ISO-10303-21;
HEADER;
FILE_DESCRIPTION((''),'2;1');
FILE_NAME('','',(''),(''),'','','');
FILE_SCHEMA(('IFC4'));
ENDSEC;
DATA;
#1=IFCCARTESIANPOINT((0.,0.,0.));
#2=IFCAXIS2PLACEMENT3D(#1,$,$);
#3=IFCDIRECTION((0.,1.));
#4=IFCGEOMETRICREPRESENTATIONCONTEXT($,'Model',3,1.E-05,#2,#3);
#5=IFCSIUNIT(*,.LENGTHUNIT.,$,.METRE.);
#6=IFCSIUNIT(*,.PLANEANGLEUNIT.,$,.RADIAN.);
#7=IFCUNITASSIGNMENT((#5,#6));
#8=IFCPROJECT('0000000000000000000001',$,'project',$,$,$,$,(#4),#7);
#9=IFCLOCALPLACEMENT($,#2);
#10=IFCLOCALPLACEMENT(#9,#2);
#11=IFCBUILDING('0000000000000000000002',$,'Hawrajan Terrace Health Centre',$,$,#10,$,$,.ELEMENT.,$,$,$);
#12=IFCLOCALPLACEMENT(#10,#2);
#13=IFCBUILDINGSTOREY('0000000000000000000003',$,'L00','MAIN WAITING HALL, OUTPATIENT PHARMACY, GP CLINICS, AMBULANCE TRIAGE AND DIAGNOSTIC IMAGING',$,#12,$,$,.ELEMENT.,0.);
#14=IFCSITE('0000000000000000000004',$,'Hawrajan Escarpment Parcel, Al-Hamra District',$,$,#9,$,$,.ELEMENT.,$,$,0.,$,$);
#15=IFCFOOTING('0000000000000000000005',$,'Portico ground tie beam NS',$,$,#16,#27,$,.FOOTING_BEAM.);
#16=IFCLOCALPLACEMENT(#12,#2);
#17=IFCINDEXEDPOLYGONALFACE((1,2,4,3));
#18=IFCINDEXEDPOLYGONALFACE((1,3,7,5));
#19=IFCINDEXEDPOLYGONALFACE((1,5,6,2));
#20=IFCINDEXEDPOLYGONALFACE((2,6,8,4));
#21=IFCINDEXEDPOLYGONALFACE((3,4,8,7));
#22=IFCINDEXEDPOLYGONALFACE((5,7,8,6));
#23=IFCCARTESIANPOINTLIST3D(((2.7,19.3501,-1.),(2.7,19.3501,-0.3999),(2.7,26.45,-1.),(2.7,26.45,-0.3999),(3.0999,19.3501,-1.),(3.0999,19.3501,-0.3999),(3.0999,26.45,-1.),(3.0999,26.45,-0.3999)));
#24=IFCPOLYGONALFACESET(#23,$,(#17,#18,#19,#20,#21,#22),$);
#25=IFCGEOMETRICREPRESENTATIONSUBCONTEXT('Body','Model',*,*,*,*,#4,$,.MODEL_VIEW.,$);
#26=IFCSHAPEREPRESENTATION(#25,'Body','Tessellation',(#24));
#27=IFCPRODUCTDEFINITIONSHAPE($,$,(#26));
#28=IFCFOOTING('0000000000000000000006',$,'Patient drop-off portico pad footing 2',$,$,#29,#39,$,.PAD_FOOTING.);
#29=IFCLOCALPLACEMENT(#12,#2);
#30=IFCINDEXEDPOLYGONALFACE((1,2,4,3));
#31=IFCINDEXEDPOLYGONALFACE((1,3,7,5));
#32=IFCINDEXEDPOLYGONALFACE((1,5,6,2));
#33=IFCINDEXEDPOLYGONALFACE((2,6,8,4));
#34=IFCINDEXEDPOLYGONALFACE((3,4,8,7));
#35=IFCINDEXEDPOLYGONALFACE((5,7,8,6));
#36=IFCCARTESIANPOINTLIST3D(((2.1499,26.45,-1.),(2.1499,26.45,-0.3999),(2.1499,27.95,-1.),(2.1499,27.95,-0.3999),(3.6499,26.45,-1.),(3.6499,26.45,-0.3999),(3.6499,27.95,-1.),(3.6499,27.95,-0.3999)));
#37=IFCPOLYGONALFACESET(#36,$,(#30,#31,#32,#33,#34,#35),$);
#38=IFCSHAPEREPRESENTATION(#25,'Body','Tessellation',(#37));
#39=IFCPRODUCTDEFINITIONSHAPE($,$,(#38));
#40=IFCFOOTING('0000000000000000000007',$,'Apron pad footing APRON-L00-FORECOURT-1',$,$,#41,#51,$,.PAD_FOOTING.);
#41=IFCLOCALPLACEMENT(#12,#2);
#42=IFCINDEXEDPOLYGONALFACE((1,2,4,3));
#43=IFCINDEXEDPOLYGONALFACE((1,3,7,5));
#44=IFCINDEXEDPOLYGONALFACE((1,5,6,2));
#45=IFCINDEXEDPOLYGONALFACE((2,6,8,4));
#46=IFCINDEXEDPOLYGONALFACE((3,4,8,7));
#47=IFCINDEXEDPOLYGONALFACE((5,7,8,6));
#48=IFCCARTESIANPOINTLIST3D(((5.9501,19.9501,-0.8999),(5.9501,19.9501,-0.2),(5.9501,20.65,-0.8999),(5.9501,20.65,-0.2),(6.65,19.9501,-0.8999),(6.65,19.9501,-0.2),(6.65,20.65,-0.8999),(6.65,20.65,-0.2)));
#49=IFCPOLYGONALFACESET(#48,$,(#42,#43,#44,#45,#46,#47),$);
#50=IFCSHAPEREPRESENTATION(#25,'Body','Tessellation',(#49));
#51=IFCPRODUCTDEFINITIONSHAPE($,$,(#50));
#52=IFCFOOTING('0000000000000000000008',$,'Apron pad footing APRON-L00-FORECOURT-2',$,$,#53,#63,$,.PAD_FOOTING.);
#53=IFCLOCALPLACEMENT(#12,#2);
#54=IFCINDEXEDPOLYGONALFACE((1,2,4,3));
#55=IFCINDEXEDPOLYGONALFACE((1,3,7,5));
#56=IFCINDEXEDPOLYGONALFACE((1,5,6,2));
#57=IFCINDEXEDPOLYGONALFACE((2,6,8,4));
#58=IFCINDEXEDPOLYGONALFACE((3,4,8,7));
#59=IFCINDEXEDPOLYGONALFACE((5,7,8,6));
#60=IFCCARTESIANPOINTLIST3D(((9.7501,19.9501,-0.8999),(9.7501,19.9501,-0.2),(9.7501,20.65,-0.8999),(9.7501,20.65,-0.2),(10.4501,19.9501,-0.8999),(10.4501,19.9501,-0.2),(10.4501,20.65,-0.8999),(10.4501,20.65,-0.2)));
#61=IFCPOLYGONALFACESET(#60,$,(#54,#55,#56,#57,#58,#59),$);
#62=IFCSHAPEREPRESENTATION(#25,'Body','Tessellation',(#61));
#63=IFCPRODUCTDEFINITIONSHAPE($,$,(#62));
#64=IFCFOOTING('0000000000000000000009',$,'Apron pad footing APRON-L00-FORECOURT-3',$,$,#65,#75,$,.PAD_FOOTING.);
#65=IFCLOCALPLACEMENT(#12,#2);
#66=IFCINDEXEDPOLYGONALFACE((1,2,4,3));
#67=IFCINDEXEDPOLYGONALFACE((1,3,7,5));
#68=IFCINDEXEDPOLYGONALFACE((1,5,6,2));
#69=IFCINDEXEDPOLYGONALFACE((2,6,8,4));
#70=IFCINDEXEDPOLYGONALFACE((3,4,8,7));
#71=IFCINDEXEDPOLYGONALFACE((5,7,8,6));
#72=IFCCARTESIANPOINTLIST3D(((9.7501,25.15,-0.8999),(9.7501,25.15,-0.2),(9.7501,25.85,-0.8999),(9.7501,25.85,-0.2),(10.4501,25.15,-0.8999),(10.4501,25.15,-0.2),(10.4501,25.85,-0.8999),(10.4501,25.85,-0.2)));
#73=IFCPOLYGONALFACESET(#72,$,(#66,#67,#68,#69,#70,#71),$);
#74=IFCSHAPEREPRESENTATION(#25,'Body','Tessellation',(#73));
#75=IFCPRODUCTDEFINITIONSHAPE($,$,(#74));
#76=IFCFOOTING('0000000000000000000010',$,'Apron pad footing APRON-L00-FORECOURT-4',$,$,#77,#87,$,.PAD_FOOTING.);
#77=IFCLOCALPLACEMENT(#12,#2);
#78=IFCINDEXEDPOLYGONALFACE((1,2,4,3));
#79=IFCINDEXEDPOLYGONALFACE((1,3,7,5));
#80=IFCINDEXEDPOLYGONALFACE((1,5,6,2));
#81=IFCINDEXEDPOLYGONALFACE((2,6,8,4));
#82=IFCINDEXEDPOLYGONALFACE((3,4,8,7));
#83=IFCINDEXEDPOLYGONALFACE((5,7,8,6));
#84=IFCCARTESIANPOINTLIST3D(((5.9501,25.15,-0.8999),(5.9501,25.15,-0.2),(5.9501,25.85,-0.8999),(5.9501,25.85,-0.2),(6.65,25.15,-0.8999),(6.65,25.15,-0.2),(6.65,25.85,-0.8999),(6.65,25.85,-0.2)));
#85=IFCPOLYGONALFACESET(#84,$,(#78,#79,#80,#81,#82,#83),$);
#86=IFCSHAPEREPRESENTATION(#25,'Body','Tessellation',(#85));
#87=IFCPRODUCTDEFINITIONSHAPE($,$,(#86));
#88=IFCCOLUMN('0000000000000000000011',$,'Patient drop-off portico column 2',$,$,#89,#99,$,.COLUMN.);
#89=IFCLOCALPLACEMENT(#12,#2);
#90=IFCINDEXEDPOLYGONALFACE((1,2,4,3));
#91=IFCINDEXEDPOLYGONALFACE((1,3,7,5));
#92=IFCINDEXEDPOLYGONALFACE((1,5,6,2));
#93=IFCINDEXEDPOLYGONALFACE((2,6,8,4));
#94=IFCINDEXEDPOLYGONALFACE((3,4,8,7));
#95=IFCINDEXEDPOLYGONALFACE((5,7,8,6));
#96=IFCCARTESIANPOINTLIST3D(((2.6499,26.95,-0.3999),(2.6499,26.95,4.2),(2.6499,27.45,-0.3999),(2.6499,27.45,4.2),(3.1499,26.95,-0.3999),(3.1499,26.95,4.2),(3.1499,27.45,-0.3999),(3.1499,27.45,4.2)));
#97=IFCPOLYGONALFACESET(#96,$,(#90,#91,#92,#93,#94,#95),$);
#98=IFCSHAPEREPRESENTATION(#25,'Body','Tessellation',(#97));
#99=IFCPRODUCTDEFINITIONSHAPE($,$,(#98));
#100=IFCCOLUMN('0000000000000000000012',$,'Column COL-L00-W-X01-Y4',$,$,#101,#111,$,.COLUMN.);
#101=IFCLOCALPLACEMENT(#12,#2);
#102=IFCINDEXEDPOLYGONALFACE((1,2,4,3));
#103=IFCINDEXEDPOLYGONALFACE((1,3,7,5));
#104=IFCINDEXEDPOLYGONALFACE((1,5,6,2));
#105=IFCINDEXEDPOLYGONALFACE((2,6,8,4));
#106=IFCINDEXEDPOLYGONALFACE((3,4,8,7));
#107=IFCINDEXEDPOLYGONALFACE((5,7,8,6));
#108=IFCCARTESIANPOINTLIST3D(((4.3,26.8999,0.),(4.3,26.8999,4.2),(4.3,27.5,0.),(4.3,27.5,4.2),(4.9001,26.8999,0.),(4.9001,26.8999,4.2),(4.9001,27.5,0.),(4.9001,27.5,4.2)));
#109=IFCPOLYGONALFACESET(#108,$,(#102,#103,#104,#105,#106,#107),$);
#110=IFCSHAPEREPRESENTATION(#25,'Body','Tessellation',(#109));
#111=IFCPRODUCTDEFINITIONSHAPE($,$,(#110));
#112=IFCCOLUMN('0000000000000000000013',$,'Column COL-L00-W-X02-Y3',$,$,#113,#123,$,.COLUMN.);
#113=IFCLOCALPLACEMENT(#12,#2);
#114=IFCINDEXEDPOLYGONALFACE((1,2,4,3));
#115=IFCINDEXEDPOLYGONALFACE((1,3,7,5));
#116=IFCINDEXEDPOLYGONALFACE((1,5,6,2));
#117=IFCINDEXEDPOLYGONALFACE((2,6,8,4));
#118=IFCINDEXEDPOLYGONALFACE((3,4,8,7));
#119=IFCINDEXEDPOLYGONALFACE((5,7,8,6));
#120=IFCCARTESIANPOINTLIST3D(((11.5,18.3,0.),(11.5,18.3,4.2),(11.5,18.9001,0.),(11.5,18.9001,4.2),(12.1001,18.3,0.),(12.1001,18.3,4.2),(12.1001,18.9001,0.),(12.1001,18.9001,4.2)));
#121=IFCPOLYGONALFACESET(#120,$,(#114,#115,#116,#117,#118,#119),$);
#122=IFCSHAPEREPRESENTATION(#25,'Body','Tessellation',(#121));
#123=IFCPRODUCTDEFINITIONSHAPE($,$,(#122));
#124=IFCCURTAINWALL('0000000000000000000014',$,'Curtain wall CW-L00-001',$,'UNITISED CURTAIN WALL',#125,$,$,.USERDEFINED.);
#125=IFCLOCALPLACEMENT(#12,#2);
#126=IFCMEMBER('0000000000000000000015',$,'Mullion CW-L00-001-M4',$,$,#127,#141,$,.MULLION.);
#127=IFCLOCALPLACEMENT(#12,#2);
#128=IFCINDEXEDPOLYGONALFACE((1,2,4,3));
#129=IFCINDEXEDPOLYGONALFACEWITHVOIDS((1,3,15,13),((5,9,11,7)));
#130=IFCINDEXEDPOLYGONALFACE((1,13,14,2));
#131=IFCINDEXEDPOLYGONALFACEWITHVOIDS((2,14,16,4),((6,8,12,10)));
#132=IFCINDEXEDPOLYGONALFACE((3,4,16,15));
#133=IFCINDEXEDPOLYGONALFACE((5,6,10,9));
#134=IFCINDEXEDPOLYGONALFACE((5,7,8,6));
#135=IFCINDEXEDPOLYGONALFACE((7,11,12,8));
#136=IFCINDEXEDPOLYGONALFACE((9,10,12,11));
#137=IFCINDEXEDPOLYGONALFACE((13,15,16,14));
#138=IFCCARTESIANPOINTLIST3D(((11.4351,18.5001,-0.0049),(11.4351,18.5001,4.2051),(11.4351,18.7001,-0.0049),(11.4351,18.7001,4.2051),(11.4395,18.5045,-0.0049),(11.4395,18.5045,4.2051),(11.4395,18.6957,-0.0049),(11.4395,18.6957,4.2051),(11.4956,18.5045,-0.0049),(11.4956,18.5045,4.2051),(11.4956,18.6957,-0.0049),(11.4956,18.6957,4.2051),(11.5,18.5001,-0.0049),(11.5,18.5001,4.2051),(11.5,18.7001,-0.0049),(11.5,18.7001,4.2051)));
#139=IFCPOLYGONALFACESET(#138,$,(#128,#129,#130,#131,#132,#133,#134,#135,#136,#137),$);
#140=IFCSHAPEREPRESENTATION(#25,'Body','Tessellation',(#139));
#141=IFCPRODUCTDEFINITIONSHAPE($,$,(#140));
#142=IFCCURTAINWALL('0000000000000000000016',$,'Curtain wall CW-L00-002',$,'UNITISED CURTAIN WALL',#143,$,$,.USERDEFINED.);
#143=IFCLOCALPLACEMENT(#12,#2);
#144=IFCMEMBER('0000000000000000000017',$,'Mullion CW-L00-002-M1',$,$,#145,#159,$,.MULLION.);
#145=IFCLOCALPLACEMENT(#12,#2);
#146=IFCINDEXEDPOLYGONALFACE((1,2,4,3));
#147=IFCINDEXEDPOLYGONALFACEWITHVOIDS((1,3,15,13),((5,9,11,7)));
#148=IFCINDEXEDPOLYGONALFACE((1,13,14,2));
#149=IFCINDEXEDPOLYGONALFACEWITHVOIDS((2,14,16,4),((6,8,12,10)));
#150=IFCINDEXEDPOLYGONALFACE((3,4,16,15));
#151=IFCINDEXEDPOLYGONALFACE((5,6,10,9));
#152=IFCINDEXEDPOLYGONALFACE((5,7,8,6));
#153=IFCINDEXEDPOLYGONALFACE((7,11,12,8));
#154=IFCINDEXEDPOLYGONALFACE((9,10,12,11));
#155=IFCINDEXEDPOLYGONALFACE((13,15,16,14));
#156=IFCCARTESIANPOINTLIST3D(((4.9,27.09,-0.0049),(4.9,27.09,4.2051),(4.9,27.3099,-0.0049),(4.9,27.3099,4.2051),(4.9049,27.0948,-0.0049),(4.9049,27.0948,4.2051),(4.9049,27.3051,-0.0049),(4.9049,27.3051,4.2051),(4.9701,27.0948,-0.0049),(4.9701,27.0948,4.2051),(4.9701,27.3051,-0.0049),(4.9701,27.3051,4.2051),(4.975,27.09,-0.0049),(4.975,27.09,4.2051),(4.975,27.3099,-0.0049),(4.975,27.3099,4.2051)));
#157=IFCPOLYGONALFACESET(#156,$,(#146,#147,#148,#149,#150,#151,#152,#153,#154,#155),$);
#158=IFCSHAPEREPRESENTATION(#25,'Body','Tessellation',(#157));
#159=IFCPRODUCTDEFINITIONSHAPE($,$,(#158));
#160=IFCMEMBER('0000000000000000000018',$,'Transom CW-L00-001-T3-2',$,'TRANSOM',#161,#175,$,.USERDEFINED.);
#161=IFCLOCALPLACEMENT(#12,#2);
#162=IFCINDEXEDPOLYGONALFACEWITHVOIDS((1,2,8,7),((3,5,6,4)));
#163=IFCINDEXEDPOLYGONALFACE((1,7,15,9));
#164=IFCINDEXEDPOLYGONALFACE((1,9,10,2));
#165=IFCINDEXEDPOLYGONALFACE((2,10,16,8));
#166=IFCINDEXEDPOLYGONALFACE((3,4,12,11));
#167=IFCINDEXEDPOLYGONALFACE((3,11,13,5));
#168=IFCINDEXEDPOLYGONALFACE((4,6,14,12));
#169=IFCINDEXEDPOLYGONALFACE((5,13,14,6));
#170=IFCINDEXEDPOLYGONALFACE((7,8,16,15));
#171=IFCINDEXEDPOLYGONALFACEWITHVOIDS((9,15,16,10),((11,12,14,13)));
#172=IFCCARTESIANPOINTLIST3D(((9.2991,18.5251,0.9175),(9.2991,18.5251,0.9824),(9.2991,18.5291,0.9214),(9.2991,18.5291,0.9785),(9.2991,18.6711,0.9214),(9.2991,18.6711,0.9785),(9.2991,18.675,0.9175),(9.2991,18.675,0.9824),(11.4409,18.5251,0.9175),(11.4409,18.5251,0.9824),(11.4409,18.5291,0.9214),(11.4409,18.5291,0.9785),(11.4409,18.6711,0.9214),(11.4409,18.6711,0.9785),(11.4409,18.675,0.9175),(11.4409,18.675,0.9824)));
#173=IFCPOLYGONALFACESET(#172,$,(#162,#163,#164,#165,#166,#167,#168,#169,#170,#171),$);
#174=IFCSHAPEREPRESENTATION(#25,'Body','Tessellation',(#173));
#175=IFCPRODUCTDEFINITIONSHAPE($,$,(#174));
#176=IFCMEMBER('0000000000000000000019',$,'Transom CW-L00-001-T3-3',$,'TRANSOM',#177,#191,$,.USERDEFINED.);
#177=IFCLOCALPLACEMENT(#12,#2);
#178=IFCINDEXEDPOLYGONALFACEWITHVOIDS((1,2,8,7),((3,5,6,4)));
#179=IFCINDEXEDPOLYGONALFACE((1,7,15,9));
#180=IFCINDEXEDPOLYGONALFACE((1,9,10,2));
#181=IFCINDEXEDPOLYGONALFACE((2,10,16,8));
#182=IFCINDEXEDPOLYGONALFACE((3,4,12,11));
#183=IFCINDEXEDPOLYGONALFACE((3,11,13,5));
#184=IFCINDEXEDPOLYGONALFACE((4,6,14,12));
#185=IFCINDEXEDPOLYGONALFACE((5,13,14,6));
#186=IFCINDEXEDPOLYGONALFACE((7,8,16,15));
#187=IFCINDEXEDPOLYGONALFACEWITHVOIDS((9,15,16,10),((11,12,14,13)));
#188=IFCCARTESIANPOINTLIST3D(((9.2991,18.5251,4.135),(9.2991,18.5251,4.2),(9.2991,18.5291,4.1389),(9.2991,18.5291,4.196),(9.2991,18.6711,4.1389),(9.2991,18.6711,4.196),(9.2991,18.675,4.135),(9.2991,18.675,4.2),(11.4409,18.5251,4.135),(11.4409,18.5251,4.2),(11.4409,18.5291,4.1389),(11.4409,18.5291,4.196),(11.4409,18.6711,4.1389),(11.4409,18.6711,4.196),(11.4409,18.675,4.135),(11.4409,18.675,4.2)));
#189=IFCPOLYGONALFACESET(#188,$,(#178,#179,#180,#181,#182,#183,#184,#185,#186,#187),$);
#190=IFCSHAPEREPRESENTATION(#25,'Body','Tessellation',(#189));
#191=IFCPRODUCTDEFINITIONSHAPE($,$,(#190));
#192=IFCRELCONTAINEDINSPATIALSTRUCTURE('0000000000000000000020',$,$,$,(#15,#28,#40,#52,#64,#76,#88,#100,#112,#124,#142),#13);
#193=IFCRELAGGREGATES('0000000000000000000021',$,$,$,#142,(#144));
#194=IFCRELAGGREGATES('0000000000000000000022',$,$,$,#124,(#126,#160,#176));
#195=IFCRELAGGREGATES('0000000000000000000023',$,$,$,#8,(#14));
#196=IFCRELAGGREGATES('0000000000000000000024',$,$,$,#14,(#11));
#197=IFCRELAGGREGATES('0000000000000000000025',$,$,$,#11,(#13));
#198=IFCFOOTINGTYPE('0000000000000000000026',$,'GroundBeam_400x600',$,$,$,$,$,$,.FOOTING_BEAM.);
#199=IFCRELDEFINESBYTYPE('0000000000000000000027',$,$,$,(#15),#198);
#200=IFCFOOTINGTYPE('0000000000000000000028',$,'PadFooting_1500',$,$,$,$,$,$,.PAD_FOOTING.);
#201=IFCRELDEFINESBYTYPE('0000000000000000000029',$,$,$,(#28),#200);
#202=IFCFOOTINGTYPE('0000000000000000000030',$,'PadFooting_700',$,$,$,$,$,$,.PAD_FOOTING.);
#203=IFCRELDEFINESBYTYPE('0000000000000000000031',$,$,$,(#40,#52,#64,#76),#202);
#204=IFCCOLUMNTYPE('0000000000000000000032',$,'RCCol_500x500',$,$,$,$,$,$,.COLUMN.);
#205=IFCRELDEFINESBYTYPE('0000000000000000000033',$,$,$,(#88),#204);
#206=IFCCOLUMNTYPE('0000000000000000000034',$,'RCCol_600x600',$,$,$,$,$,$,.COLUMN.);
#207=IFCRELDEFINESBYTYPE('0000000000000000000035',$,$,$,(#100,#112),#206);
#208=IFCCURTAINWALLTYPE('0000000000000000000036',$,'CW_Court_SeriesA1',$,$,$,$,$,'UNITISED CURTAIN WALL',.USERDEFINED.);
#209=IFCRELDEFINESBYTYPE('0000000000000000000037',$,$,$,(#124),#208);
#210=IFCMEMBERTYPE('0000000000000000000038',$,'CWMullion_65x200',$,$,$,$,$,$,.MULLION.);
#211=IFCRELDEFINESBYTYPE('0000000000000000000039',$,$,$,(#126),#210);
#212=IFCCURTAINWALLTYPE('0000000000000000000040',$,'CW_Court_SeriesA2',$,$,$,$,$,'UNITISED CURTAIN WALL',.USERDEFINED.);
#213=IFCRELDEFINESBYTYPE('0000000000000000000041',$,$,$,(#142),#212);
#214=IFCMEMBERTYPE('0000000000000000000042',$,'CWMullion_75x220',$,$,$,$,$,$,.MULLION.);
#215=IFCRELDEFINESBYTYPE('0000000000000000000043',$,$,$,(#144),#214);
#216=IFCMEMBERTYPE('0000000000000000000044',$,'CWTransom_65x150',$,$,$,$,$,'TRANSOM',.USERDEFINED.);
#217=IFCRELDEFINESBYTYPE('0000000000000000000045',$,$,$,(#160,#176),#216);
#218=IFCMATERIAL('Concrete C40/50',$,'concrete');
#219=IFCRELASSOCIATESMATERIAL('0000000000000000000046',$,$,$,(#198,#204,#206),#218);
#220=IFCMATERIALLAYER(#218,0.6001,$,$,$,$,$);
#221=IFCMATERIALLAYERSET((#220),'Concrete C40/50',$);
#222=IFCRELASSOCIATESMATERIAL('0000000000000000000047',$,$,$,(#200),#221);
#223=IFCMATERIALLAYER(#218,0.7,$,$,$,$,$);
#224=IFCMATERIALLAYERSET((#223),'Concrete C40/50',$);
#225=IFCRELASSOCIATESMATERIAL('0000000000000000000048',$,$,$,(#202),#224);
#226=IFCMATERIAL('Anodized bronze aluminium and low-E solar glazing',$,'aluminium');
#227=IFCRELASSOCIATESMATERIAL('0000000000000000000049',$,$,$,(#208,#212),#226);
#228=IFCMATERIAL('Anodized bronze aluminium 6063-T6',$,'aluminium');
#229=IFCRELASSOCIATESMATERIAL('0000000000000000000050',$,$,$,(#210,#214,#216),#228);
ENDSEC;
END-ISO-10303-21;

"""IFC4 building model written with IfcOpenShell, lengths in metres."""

from ifc_helpers import new_model, si_unit, direction, frame, origin, origin_2d, place, context, subcontext, project, spatial, rectangle, hollow_rectangle, extrude, material, layer, layer_set, material_profile, profile_set, type_object, element, aggregate, save


model = new_model("IFC4")

# Units and contexts
model_context = context("Model", 3, precision=1e-05, world=origin(), true_north=direction((0.0, 1.0)))
body_context = subcontext(model_context, "Body", "Model", "MODEL_VIEW")
ifc_project = project(units=[si_unit("LENGTHUNIT", "METRE"), si_unit("PLANEANGLEUNIT", "RADIAN")], contexts=[model_context])

# Site, building, storey
site_placement = place(None, origin())
site = spatial("IfcSite", under=ifc_project, at=site_placement, Name="Hawrajan Escarpment Parcel, Al-Hamra District", CompositionType="ELEMENT", RefElevation=0.0)
building_placement = place(site_placement, origin())
building = spatial("IfcBuilding", under=site, at=building_placement, Name="Hawrajan Terrace Health Centre", CompositionType="ELEMENT")
storey_placement = place(building_placement, origin())
storey = spatial("IfcBuildingStorey", under=building, at=storey_placement, Name="L00", Description="MAIN WAITING HALL, OUTPATIENT PHARMACY, GP CLINICS, AMBULANCE TRIAGE AND DIAGNOSTIC IMAGING", CompositionType="ELEMENT", Elevation=0.0)

# Footings
ifc_material_1 = material(Name="Concrete C40/50", Category="concrete")
ifc_material_profile_1 = material_profile(ifc_material_1, rectangle(XDim=0.3999, YDim=0.6001, at=origin_2d()), Name="RC BM 400x600")
ifc_profile_set_1 = profile_set([ifc_material_profile_1], Name="Concrete C40/50")
footing_type_1 = type_object("IfcFootingType", Name="GroundBeam_400x600", PredefinedType="FOOTING_BEAM", material=ifc_profile_set_1)
footing_1_placement = place(storey_placement, frame((2.8999, 19.3501, -0.7), z_axis=(0.0, 1.0, 0.0), x_axis=(-1.0, 0.0, 0.0)))
element("IfcFooting", 1, at=footing_1_placement, inside=storey, type_object=footing_type_1, Name="Portico ground tie beam NS", PredefinedType="FOOTING_BEAM", context=body_context, shape_type="SweptSolid", body=[
    extrude(rectangle(XDim=0.3999, YDim=0.6001, at=origin_2d()), origin(), (0.0, 0.0, 1.0), 7.0999),
])
ifc_layer_1 = layer(ifc_material_1, 0.6001)
ifc_layer_set_1 = layer_set([ifc_layer_1], Name="Concrete C40/50")
footing_type_2 = type_object("IfcFootingType", Name="PadFooting_1500", PredefinedType="PAD_FOOTING", material=ifc_layer_set_1)
footing_2_placement = place(storey_placement, frame((2.8999, 27.2, -1.0), z_axis=(0.0, 0.0, 1.0), x_axis=(1.0, 0.0, 0.0)))
element("IfcFooting", 2, at=footing_2_placement, inside=storey, type_object=footing_type_2, Name="Patient drop-off portico pad footing 2", PredefinedType="PAD_FOOTING", context=body_context, shape_type="SweptSolid", body=[
    extrude(rectangle(XDim=1.5, YDim=1.5, at=origin_2d()), origin(), (0.0, 0.0, 1.0), 0.6001),
])
ifc_layer_2 = layer(ifc_material_1, 0.7)
ifc_layer_set_2 = layer_set([ifc_layer_2], Name="Concrete C40/50")
footing_type_3 = type_object("IfcFootingType", Name="PadFooting_700", PredefinedType="PAD_FOOTING", material=ifc_layer_set_2)
for number, where, z_axis, x_axis, name in (
    (3, (6.3, 20.3, -0.8999), (0.0, 0.0, 1.0), (1.0, 0.0, 0.0), "Apron pad footing APRON-L00-FORECOURT-1"),
    (4, (10.1001, 20.3, -0.8999), (0.0, 0.0, 1.0), (1.0, 0.0, 0.0), "Apron pad footing APRON-L00-FORECOURT-2"),
    (5, (10.1001, 25.5, -0.8999), (0.0, 0.0, 1.0), (1.0, 0.0, 0.0), "Apron pad footing APRON-L00-FORECOURT-3"),
    (6, (6.3, 25.5, -0.8999), (0.0, 0.0, 1.0), (1.0, 0.0, 0.0), "Apron pad footing APRON-L00-FORECOURT-4"),
):
    element("IfcFooting", number, at=place(storey_placement, frame(where, z_axis=z_axis, x_axis=x_axis)), inside=storey, type_object=footing_type_3, Name=name, PredefinedType="PAD_FOOTING", context=body_context, shape_type="SweptSolid", body=[
        extrude(rectangle(XDim=0.7, YDim=0.7, at=origin_2d()), origin(), (0.0, 0.0, 1.0), 0.7),
    ])

# Columns
ifc_material_profile_2 = material_profile(ifc_material_1, rectangle(XDim=0.5, YDim=0.5, at=origin_2d()), Name="RC 500x500")
ifc_profile_set_2 = profile_set([ifc_material_profile_2], Name="Concrete C40/50")
column_type_1 = type_object("IfcColumnType", Name="RCCol_500x500", PredefinedType="COLUMN", material=ifc_profile_set_2)
column_placement = place(storey_placement, frame((2.8999, 27.2, -0.3999), z_axis=(0.0, 0.0, 1.0), x_axis=(1.0, 0.0, 0.0)))
element("IfcColumn", 7, at=column_placement, inside=storey, type_object=column_type_1, Name="Patient drop-off portico column 2", PredefinedType="COLUMN", context=body_context, shape_type="SweptSolid", body=[
    extrude(rectangle(XDim=0.5, YDim=0.5, at=origin_2d()), origin(), (0.0, 0.0, 1.0), 4.5999),
])
ifc_material_profile_3 = material_profile(ifc_material_1, rectangle(XDim=0.6001, YDim=0.6001, at=origin_2d()), Name="RC 600x600")
ifc_profile_set_3 = profile_set([ifc_material_profile_3], Name="Concrete C40/50")
column_type_2 = type_object("IfcColumnType", Name="RCCol_600x600", PredefinedType="COLUMN", material=ifc_profile_set_3)
for number, where, z_axis, x_axis, name in (
    (8, (4.6001, 27.2, 0.0), (0.0, 0.0, 1.0), (1.0, 0.0, 0.0), "Column COL-L00-W-X01-Y4"),
    (9, (11.8, 18.6001, 0.0), (0.0, 0.0, 1.0), (1.0, 0.0, 0.0), "Column COL-L00-W-X02-Y3"),
):
    element("IfcColumn", number, at=place(storey_placement, frame(where, z_axis=z_axis, x_axis=x_axis)), inside=storey, type_object=column_type_2, Name=name, PredefinedType="COLUMN", context=body_context, shape_type="SweptSolid", body=[
        extrude(rectangle(XDim=0.6001, YDim=0.6001, at=origin_2d()), origin(), (0.0, 0.0, 1.0), 4.2),
    ])

# Curtain walls, members
ifc_material_2 = material(Name="Anodized bronze aluminium and low-E solar glazing", Category="aluminium")
curtain_wall_type_1 = type_object("IfcCurtainWallType", Name="CW_Court_SeriesA1", ElementType="UNITISED CURTAIN WALL", PredefinedType="USERDEFINED", material=ifc_material_2)
curtain_wall_1_placement = place(storey_placement, origin())
curtain_wall_1 = element("IfcCurtainWall", 10, at=curtain_wall_1_placement, inside=storey, type_object=curtain_wall_type_1, Name="Curtain wall CW-L00-001", ObjectType="UNITISED CURTAIN WALL", PredefinedType="USERDEFINED")
ifc_material_3 = material(Name="Anodized bronze aluminium 6063-T6", Category="aluminium")
ifc_material_profile_4 = material_profile(ifc_material_3, hollow_rectangle(XDim=0.0649, YDim=0.2, WallThickness=0.0044, at=origin_2d()), Name="CW MUL 65x200")
ifc_profile_set_4 = profile_set([ifc_material_profile_4], Name="Anodized bronze aluminium 6063-T6")
member_type_1 = type_object("IfcMemberType", Name="CWMullion_65x200", PredefinedType="MULLION", material=ifc_profile_set_4)
member_1_placement = place(storey_placement, frame((11.4675, 18.6001, -0.0049), z_axis=(0.0, 0.0, 1.0), x_axis=(1.0, 0.0, 0.0)))
member_1 = element("IfcMember", 11, at=member_1_placement, type_object=member_type_1, Name="Mullion CW-L00-001-M4", PredefinedType="MULLION", context=body_context, shape_type="SweptSolid", body=[
    extrude(hollow_rectangle(XDim=0.0649, YDim=0.2, WallThickness=0.0044, at=origin_2d()), origin(), (0.0, 0.0, 1.0), 4.21),
])
curtain_wall_type_2 = type_object("IfcCurtainWallType", Name="CW_Court_SeriesA2", ElementType="UNITISED CURTAIN WALL", PredefinedType="USERDEFINED", material=ifc_material_2)
curtain_wall_2_placement = place(storey_placement, origin())
curtain_wall_2 = element("IfcCurtainWall", 12, at=curtain_wall_2_placement, inside=storey, type_object=curtain_wall_type_2, Name="Curtain wall CW-L00-002", ObjectType="UNITISED CURTAIN WALL", PredefinedType="USERDEFINED")
ifc_material_profile_5 = material_profile(ifc_material_3, hollow_rectangle(XDim=0.075, YDim=0.22, WallThickness=0.0049, at=origin_2d()), Name="CW MUL 75x220")
ifc_profile_set_5 = profile_set([ifc_material_profile_5], Name="Anodized bronze aluminium 6063-T6")
member_type_2 = type_object("IfcMemberType", Name="CWMullion_75x220", PredefinedType="MULLION", material=ifc_profile_set_5)
member_2_placement = place(storey_placement, frame((4.9375, 27.2, -0.0049), z_axis=(0.0, 0.0, 1.0), x_axis=(1.0, 0.0, 0.0)))
member_2 = element("IfcMember", 13, at=member_2_placement, type_object=member_type_2, Name="Mullion CW-L00-002-M1", PredefinedType="MULLION", context=body_context, shape_type="SweptSolid", body=[
    extrude(hollow_rectangle(XDim=0.075, YDim=0.22, WallThickness=0.0049, at=origin_2d()), origin(), (0.0, 0.0, 1.0), 4.21),
])
aggregate(curtain_wall_2, [member_2])

# Members
ifc_material_profile_6 = material_profile(ifc_material_3, hollow_rectangle(XDim=0.0649, YDim=0.1499, WallThickness=0.0039, at=origin_2d()), Name="CW TRN 65x150")
ifc_profile_set_6 = profile_set([ifc_material_profile_6], Name="Anodized bronze aluminium 6063-T6")
member_type_3 = type_object("IfcMemberType", Name="CWTransom_65x150", ElementType="TRANSOM", PredefinedType="USERDEFINED", material=ifc_profile_set_6)
member_3_placement = place(storey_placement, frame((9.2991, 18.6001, 0.95), z_axis=(1.0, 0.0, 0.0), x_axis=(0.0, 0.0, 1.0)))
member_3 = element("IfcMember", 14, at=member_3_placement, type_object=member_type_3, Name="Transom CW-L00-001-T3-2", ObjectType="TRANSOM", PredefinedType="USERDEFINED", context=body_context, shape_type="SweptSolid", body=[
    extrude(hollow_rectangle(XDim=0.0649, YDim=0.1499, WallThickness=0.0039, at=origin_2d()), origin(), (0.0, 0.0, 1.0), 2.1418),
])
member_4_placement = place(storey_placement, frame((9.2991, 18.6001, 4.1675), z_axis=(1.0, 0.0, 0.0), x_axis=(0.0, 0.0, 1.0)))
member_4 = element("IfcMember", 15, at=member_4_placement, type_object=member_type_3, Name="Transom CW-L00-001-T3-3", ObjectType="TRANSOM", PredefinedType="USERDEFINED", context=body_context, shape_type="SweptSolid", body=[
    extrude(hollow_rectangle(XDim=0.0649, YDim=0.1499, WallThickness=0.0039, at=origin_2d()), origin(), (0.0, 0.0, 1.0), 2.1418),
])

aggregate(curtain_wall_1, [member_1, member_3, member_4])

save(model, "model.ifc")
